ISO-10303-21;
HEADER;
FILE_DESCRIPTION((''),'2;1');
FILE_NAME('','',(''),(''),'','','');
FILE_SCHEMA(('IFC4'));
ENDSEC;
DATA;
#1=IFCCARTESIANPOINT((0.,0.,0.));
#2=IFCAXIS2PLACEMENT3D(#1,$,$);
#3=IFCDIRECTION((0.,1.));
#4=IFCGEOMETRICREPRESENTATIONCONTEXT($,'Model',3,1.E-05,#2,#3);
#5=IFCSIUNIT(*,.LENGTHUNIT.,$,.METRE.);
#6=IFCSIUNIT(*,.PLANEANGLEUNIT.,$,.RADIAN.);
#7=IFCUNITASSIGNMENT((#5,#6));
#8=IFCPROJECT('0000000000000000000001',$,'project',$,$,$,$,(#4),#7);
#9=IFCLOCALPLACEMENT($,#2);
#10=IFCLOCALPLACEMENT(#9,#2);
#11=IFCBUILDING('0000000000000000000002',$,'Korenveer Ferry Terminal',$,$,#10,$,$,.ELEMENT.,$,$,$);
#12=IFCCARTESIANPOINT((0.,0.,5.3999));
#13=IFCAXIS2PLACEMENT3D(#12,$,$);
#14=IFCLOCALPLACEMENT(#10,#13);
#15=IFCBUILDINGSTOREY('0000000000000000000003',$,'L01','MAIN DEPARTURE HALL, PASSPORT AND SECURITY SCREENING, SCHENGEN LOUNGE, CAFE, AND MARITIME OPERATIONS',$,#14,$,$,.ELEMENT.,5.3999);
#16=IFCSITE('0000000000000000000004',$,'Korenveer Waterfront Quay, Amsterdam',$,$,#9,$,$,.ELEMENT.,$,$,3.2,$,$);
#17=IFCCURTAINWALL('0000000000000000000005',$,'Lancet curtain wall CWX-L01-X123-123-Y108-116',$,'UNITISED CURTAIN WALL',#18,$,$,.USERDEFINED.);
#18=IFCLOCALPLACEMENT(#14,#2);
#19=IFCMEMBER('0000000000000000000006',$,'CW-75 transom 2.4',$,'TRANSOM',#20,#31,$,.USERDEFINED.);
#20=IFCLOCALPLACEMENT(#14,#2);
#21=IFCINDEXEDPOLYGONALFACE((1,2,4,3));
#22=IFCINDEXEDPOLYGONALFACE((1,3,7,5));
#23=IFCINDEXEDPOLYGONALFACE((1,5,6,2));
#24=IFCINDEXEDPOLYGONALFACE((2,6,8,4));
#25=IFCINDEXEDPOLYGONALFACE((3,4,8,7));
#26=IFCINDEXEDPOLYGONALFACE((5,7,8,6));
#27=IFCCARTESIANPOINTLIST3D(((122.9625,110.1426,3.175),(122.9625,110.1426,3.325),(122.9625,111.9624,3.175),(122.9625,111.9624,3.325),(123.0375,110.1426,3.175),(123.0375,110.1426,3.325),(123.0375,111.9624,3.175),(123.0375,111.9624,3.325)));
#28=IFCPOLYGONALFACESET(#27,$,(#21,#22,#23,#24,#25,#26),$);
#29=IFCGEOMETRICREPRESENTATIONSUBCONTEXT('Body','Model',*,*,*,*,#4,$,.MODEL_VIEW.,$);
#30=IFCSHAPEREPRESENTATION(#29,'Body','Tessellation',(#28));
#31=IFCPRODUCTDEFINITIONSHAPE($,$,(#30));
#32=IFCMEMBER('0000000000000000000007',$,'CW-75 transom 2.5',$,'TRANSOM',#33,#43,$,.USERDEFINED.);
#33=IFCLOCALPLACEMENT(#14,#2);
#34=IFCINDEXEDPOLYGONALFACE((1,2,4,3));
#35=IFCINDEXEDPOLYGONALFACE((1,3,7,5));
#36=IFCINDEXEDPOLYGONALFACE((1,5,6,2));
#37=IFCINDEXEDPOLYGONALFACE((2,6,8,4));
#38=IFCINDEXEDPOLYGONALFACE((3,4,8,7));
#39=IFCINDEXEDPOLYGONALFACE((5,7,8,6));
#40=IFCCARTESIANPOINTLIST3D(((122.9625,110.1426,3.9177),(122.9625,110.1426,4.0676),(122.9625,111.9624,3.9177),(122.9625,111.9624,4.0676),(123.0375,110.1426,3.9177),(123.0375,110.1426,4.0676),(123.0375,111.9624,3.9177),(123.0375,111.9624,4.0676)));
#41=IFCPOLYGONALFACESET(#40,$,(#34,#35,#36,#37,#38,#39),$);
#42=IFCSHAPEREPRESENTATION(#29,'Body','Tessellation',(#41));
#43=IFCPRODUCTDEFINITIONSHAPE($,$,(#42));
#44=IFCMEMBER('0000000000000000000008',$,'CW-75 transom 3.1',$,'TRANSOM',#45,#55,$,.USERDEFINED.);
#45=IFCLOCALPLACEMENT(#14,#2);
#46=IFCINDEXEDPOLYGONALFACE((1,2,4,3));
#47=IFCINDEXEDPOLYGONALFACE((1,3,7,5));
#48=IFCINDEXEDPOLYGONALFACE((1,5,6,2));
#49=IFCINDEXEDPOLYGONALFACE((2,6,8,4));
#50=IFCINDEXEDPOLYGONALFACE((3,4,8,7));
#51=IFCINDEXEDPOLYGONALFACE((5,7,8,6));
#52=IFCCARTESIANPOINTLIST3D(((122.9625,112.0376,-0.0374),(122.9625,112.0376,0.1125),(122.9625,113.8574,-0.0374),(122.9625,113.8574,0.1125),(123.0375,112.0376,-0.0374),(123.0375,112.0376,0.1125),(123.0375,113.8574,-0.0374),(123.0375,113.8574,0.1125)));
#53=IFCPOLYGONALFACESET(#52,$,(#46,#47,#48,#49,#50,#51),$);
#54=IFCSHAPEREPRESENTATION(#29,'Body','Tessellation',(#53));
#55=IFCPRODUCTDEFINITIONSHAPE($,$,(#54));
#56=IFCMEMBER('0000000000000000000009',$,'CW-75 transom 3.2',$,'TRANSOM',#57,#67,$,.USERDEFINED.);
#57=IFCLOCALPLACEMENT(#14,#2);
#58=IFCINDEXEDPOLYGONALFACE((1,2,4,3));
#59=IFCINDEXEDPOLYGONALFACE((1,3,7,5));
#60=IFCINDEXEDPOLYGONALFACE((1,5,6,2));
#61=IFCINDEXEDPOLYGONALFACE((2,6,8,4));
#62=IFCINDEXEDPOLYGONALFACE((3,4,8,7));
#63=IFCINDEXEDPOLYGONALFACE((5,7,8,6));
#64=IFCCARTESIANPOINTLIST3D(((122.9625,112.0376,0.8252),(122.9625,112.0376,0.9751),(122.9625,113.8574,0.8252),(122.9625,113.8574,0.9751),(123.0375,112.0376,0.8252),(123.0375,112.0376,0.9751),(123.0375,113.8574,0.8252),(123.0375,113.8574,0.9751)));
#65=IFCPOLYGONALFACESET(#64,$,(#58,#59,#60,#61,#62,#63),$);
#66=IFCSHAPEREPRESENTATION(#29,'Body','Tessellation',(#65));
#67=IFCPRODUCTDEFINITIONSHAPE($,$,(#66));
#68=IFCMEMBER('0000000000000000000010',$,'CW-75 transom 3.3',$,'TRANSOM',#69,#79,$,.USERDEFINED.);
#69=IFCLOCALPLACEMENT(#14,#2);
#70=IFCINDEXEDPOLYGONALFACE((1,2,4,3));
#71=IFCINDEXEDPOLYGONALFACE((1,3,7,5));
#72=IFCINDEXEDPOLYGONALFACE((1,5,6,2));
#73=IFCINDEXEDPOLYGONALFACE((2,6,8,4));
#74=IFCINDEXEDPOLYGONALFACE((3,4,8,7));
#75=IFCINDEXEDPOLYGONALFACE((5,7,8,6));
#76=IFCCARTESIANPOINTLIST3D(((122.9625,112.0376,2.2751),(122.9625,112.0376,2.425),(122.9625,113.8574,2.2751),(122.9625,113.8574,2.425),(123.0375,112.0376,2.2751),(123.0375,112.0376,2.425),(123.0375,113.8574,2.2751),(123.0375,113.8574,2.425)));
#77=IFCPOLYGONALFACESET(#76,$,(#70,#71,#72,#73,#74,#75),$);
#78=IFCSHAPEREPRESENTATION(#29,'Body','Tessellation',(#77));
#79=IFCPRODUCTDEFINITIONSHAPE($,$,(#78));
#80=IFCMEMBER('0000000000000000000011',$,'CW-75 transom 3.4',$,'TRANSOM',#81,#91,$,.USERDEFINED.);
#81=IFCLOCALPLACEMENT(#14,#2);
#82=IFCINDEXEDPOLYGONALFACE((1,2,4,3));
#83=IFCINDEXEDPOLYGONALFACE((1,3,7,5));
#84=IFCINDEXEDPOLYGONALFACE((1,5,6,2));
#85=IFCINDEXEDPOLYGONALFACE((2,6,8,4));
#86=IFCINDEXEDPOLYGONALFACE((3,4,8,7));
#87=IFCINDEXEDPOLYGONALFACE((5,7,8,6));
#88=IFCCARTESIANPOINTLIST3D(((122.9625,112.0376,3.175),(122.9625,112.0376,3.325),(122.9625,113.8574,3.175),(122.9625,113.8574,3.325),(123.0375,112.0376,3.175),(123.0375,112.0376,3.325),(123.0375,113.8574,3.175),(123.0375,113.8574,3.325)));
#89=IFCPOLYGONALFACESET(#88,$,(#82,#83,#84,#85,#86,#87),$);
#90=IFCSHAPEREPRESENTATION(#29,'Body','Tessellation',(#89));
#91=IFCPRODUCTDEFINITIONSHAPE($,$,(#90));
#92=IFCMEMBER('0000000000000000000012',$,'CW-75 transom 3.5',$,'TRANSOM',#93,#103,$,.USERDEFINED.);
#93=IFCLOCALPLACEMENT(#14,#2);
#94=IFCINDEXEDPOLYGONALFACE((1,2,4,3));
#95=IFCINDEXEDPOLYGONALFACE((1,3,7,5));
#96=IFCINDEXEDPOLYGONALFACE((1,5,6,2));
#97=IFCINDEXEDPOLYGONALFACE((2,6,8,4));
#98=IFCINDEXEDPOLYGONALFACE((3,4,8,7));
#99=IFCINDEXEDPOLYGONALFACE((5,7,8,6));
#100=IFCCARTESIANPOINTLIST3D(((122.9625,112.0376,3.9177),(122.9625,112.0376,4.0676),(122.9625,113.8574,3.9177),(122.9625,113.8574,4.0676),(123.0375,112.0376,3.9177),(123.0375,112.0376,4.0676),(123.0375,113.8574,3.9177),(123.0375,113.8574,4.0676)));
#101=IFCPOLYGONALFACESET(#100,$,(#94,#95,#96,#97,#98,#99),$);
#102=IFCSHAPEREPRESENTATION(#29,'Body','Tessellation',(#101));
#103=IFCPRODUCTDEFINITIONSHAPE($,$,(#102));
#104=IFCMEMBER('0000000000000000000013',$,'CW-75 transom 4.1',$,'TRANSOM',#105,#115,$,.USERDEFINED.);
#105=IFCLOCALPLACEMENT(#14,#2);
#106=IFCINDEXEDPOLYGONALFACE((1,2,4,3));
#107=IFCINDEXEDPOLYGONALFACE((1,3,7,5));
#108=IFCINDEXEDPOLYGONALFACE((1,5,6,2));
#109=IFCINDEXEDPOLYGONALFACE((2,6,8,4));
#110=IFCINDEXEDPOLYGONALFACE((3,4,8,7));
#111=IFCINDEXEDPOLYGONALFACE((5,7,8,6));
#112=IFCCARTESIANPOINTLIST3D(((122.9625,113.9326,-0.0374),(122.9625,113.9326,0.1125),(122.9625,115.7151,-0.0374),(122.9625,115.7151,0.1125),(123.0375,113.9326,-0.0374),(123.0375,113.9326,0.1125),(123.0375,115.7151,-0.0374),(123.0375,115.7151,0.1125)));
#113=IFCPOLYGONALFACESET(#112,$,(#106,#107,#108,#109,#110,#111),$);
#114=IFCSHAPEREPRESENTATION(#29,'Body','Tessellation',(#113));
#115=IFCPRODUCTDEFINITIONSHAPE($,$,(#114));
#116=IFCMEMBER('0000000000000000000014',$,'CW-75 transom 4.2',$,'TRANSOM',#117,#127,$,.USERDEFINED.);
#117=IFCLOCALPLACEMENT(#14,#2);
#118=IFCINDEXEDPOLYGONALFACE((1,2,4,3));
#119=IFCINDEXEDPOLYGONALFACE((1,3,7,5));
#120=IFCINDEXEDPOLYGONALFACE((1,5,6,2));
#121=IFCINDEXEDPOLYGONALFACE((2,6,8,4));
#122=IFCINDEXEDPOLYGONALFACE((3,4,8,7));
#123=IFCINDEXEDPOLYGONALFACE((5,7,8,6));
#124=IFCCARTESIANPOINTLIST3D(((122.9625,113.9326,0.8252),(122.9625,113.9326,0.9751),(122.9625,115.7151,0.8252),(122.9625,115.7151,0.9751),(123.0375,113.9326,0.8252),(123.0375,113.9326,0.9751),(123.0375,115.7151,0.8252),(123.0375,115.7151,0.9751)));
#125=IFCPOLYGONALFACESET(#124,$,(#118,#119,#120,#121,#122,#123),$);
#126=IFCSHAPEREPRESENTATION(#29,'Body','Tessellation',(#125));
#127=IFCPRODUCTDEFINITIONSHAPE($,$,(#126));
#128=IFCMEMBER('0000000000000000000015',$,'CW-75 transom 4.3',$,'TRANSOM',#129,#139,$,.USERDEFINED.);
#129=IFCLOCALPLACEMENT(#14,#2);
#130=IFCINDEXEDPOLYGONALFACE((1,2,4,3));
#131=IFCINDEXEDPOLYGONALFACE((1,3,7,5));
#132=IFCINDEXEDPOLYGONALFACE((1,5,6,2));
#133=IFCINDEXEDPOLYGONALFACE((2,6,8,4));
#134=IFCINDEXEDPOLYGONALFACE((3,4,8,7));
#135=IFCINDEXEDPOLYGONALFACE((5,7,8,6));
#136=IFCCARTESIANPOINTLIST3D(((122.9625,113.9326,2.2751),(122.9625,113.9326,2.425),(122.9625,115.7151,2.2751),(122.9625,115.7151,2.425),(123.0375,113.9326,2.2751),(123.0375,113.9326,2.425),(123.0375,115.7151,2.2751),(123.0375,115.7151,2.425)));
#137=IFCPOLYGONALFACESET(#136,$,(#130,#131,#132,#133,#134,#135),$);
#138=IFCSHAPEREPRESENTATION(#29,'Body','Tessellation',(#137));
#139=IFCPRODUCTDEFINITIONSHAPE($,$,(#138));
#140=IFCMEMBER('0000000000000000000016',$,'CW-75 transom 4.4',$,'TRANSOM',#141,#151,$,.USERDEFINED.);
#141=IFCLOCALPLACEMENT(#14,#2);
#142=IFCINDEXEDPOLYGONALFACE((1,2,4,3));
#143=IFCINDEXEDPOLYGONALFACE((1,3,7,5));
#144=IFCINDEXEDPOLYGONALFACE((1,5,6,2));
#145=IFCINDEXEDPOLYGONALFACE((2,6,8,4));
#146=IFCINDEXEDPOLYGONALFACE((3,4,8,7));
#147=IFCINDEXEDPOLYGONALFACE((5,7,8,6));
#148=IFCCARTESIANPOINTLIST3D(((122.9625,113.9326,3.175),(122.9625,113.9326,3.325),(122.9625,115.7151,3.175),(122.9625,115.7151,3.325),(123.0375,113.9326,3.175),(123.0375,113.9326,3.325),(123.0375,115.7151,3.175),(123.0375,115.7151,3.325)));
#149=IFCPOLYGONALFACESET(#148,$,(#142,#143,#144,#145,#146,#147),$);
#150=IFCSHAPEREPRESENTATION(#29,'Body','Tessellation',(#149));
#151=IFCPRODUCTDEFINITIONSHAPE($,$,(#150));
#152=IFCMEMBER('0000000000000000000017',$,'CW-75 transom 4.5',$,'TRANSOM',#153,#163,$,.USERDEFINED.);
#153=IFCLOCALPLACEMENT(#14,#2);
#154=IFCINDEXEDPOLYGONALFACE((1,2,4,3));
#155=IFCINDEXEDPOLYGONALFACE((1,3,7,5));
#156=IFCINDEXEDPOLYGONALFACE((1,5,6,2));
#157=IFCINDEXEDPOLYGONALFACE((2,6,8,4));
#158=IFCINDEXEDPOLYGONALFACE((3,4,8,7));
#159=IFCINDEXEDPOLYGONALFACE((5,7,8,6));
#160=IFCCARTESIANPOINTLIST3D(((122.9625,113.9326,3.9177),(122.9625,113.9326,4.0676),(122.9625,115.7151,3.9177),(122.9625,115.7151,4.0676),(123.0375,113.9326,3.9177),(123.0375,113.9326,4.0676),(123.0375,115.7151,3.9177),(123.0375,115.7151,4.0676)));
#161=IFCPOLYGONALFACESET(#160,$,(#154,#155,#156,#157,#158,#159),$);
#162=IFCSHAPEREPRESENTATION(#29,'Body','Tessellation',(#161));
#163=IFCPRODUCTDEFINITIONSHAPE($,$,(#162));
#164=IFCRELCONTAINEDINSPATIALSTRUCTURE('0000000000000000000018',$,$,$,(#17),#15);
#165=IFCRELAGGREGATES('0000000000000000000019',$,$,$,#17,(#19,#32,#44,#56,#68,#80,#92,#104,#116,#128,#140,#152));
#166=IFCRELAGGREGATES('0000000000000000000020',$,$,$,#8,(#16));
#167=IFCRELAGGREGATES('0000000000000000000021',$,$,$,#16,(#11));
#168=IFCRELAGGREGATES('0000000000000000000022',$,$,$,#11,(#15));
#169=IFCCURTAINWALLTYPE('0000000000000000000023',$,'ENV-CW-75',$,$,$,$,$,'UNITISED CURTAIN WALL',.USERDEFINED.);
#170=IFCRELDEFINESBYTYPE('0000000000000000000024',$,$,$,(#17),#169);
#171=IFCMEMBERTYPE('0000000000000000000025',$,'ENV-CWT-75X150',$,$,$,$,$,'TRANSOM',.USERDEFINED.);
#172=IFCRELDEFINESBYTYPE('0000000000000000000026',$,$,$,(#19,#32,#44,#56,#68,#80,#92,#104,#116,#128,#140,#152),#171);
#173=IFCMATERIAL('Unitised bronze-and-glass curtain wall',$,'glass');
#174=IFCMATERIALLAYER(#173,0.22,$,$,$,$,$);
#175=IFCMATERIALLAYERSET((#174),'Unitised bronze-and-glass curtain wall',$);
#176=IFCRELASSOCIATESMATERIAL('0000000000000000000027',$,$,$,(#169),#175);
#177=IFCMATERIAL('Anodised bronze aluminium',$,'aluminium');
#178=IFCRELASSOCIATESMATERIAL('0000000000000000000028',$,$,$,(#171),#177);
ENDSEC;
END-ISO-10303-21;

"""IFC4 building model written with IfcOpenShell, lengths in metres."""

from ifc_helpers import new_model, si_unit, direction, frame, origin, origin_2d, place, context, subcontext, project, spatial, rectangle, extrude, material, layer, layer_set, material_profile, profile_set, type_object, element, aggregate, save


model = new_model("IFC4")

# Units and contexts
model_context = context("Model", 3, precision=1e-05, world=origin(), true_north=direction((0.0, 1.0)))
body_context = subcontext(model_context, "Body", "Model", "MODEL_VIEW")
ifc_project = project(units=[si_unit("LENGTHUNIT", "METRE"), si_unit("PLANEANGLEUNIT", "RADIAN")], contexts=[model_context])

# Site, building, storey
site_placement = place(None, origin())
site = spatial("IfcSite", under=ifc_project, at=site_placement, Name="Korenveer Waterfront Quay, Amsterdam", CompositionType="ELEMENT", RefElevation=3.2)
building_placement = place(site_placement, origin())
building = spatial("IfcBuilding", under=site, at=building_placement, Name="Korenveer Ferry Terminal", CompositionType="ELEMENT")
storey_placement = place(building_placement, frame((0.0, 0.0, 5.3999)))
storey = spatial("IfcBuildingStorey", under=building, at=storey_placement, Name="L01", Description="MAIN DEPARTURE HALL, PASSPORT AND SECURITY SCREENING, SCHENGEN LOUNGE, CAFE, AND MARITIME OPERATIONS", CompositionType="ELEMENT", Elevation=5.3999)

# Shared definitions
ifc_material_1 = material(Name="Unitised bronze-and-glass curtain wall", Category="glass")
ifc_material_2 = material(Name="Anodised bronze aluminium", Category="aluminium")

# Curtain wall
ifc_layer_1 = layer(ifc_material_1, 0.22)
ifc_layer_set_1 = layer_set([ifc_layer_1], Name="Unitised bronze-and-glass curtain wall")
curtain_wall_type_1 = type_object("IfcCurtainWallType", Name="ENV-CW-75", ElementType="UNITISED CURTAIN WALL", PredefinedType="USERDEFINED", material=ifc_layer_set_1)
curtain_wall_1_placement = place(storey_placement, frame((123.0, 108.21, 0.0)))
curtain_wall_1 = element("IfcCurtainWall", 1, at=curtain_wall_1_placement, inside=storey, type_object=curtain_wall_type_1, Name="Lancet curtain wall CWX-L01-X123-123-Y108-116", ObjectType="UNITISED CURTAIN WALL", PredefinedType="USERDEFINED")

# Members
ifc_material_profile_1 = material_profile(ifc_material_2, rectangle(XDim=0.075, YDim=0.1499, at=origin_2d()), Name="ALU 75x150")
ifc_profile_set_1 = profile_set([ifc_material_profile_1], Name="Anodised bronze aluminium")
member_type_1 = type_object("IfcMemberType", Name="ENV-CWT-75X150", ElementType="TRANSOM", PredefinedType="USERDEFINED", material=ifc_profile_set_1)
member_1_placement = place(storey_placement, frame((123.0, 110.1426, 3.25), z_axis=(0.0, 1.0, 0.0), x_axis=(-1.0, 0.0, 0.0)))
member_1 = element("IfcMember", 2, at=member_1_placement, type_object=member_type_1, Name="CW-75 transom 2.4", ObjectType="TRANSOM", PredefinedType="USERDEFINED", context=body_context, shape_type="SweptSolid", body=[
    extrude(rectangle(XDim=0.075, YDim=0.1499, at=origin_2d()), origin(), (0.0, 0.0, 1.0), 1.8198),
])
member_2_placement = place(storey_placement, frame((123.0, 110.1426, 3.9927), z_axis=(0.0, 1.0, 0.0), x_axis=(-1.0, 0.0, 0.0)))
member_2 = element("IfcMember", 3, at=member_2_placement, type_object=member_type_1, Name="CW-75 transom 2.5", ObjectType="TRANSOM", PredefinedType="USERDEFINED", context=body_context, shape_type="SweptSolid", body=[
    extrude(rectangle(XDim=0.075, YDim=0.1499, at=origin_2d()), origin(), (0.0, 0.0, 1.0), 1.8198),
])
member_3_placement = place(storey_placement, frame((123.0, 112.0376, 0.0376), z_axis=(0.0, 1.0, 0.0), x_axis=(-1.0, 0.0, 0.0)))
member_3 = element("IfcMember", 4, at=member_3_placement, type_object=member_type_1, Name="CW-75 transom 3.1", ObjectType="TRANSOM", PredefinedType="USERDEFINED", context=body_context, shape_type="SweptSolid", body=[
    extrude(rectangle(XDim=0.075, YDim=0.1499, at=origin_2d()), origin(), (0.0, 0.0, 1.0), 1.8198),
])
member_4_placement = place(storey_placement, frame((123.0, 112.0376, 0.9001), z_axis=(0.0, 1.0, 0.0), x_axis=(-1.0, 0.0, 0.0)))
member_4 = element("IfcMember", 5, at=member_4_placement, type_object=member_type_1, Name="CW-75 transom 3.2", ObjectType="TRANSOM", PredefinedType="USERDEFINED", context=body_context, shape_type="SweptSolid", body=[
    extrude(rectangle(XDim=0.075, YDim=0.1499, at=origin_2d()), origin(), (0.0, 0.0, 1.0), 1.8198),
])
member_5_placement = place(storey_placement, frame((123.0, 112.0376, 2.3501), z_axis=(0.0, 1.0, 0.0), x_axis=(-1.0, 0.0, 0.0)))
member_5 = element("IfcMember", 6, at=member_5_placement, type_object=member_type_1, Name="CW-75 transom 3.3", ObjectType="TRANSOM", PredefinedType="USERDEFINED", context=body_context, shape_type="SweptSolid", body=[
    extrude(rectangle(XDim=0.075, YDim=0.1499, at=origin_2d()), origin(), (0.0, 0.0, 1.0), 1.8198),
])
member_6_placement = place(storey_placement, frame((123.0, 112.0376, 3.25), z_axis=(0.0, 1.0, 0.0), x_axis=(-1.0, 0.0, 0.0)))
member_6 = element("IfcMember", 7, at=member_6_placement, type_object=member_type_1, Name="CW-75 transom 3.4", ObjectType="TRANSOM", PredefinedType="USERDEFINED", context=body_context, shape_type="SweptSolid", body=[
    extrude(rectangle(XDim=0.075, YDim=0.1499, at=origin_2d()), origin(), (0.0, 0.0, 1.0), 1.8198),
])
member_7_placement = place(storey_placement, frame((123.0, 112.0376, 3.9927), z_axis=(0.0, 1.0, 0.0), x_axis=(-1.0, 0.0, 0.0)))
member_7 = element("IfcMember", 8, at=member_7_placement, type_object=member_type_1, Name="CW-75 transom 3.5", ObjectType="TRANSOM", PredefinedType="USERDEFINED", context=body_context, shape_type="SweptSolid", body=[
    extrude(rectangle(XDim=0.075, YDim=0.1499, at=origin_2d()), origin(), (0.0, 0.0, 1.0), 1.8198),
])
member_8_placement = place(storey_placement, frame((123.0, 113.9326, 0.0376), z_axis=(0.0, 1.0, 0.0), x_axis=(-1.0, 0.0, 0.0)))
member_8 = element("IfcMember", 9, at=member_8_placement, type_object=member_type_1, Name="CW-75 transom 4.1", ObjectType="TRANSOM", PredefinedType="USERDEFINED", context=body_context, shape_type="SweptSolid", body=[
    extrude(rectangle(XDim=0.075, YDim=0.1499, at=origin_2d()), origin(), (0.0, 0.0, 1.0), 1.7825),
])
member_9_placement = place(storey_placement, frame((123.0, 113.9326, 0.9001), z_axis=(0.0, 1.0, 0.0), x_axis=(-1.0, 0.0, 0.0)))
member_9 = element("IfcMember", 10, at=member_9_placement, type_object=member_type_1, Name="CW-75 transom 4.2", ObjectType="TRANSOM", PredefinedType="USERDEFINED", context=body_context, shape_type="SweptSolid", body=[
    extrude(rectangle(XDim=0.075, YDim=0.1499, at=origin_2d()), origin(), (0.0, 0.0, 1.0), 1.7825),
])
member_10_placement = place(storey_placement, frame((123.0, 113.9326, 2.3501), z_axis=(0.0, 1.0, 0.0), x_axis=(-1.0, 0.0, 0.0)))
member_10 = element("IfcMember", 11, at=member_10_placement, type_object=member_type_1, Name="CW-75 transom 4.3", ObjectType="TRANSOM", PredefinedType="USERDEFINED", context=body_context, shape_type="SweptSolid", body=[
    extrude(rectangle(XDim=0.075, YDim=0.1499, at=origin_2d()), origin(), (0.0, 0.0, 1.0), 1.7825),
])
member_11_placement = place(storey_placement, frame((123.0, 113.9326, 3.25), z_axis=(0.0, 1.0, 0.0), x_axis=(-1.0, 0.0, 0.0)))
member_11 = element("IfcMember", 12, at=member_11_placement, type_object=member_type_1, Name="CW-75 transom 4.4", ObjectType="TRANSOM", PredefinedType="USERDEFINED", context=body_context, shape_type="SweptSolid", body=[
    extrude(rectangle(XDim=0.075, YDim=0.1499, at=origin_2d()), origin(), (0.0, 0.0, 1.0), 1.7825),
])
member_12_placement = place(storey_placement, frame((123.0, 113.9326, 3.9927), z_axis=(0.0, 1.0, 0.0), x_axis=(-1.0, 0.0, 0.0)))
member_12 = element("IfcMember", 13, at=member_12_placement, type_object=member_type_1, Name="CW-75 transom 4.5", ObjectType="TRANSOM", PredefinedType="USERDEFINED", context=body_context, shape_type="SweptSolid", body=[
    extrude(rectangle(XDim=0.075, YDim=0.1499, at=origin_2d()), origin(), (0.0, 0.0, 1.0), 1.7825),
])

aggregate(curtain_wall_1, [member_1, member_2, member_3, member_4, member_5, member_6, member_7, member_8, member_9, member_10, member_11, member_12])

save(model, "model.ifc")
